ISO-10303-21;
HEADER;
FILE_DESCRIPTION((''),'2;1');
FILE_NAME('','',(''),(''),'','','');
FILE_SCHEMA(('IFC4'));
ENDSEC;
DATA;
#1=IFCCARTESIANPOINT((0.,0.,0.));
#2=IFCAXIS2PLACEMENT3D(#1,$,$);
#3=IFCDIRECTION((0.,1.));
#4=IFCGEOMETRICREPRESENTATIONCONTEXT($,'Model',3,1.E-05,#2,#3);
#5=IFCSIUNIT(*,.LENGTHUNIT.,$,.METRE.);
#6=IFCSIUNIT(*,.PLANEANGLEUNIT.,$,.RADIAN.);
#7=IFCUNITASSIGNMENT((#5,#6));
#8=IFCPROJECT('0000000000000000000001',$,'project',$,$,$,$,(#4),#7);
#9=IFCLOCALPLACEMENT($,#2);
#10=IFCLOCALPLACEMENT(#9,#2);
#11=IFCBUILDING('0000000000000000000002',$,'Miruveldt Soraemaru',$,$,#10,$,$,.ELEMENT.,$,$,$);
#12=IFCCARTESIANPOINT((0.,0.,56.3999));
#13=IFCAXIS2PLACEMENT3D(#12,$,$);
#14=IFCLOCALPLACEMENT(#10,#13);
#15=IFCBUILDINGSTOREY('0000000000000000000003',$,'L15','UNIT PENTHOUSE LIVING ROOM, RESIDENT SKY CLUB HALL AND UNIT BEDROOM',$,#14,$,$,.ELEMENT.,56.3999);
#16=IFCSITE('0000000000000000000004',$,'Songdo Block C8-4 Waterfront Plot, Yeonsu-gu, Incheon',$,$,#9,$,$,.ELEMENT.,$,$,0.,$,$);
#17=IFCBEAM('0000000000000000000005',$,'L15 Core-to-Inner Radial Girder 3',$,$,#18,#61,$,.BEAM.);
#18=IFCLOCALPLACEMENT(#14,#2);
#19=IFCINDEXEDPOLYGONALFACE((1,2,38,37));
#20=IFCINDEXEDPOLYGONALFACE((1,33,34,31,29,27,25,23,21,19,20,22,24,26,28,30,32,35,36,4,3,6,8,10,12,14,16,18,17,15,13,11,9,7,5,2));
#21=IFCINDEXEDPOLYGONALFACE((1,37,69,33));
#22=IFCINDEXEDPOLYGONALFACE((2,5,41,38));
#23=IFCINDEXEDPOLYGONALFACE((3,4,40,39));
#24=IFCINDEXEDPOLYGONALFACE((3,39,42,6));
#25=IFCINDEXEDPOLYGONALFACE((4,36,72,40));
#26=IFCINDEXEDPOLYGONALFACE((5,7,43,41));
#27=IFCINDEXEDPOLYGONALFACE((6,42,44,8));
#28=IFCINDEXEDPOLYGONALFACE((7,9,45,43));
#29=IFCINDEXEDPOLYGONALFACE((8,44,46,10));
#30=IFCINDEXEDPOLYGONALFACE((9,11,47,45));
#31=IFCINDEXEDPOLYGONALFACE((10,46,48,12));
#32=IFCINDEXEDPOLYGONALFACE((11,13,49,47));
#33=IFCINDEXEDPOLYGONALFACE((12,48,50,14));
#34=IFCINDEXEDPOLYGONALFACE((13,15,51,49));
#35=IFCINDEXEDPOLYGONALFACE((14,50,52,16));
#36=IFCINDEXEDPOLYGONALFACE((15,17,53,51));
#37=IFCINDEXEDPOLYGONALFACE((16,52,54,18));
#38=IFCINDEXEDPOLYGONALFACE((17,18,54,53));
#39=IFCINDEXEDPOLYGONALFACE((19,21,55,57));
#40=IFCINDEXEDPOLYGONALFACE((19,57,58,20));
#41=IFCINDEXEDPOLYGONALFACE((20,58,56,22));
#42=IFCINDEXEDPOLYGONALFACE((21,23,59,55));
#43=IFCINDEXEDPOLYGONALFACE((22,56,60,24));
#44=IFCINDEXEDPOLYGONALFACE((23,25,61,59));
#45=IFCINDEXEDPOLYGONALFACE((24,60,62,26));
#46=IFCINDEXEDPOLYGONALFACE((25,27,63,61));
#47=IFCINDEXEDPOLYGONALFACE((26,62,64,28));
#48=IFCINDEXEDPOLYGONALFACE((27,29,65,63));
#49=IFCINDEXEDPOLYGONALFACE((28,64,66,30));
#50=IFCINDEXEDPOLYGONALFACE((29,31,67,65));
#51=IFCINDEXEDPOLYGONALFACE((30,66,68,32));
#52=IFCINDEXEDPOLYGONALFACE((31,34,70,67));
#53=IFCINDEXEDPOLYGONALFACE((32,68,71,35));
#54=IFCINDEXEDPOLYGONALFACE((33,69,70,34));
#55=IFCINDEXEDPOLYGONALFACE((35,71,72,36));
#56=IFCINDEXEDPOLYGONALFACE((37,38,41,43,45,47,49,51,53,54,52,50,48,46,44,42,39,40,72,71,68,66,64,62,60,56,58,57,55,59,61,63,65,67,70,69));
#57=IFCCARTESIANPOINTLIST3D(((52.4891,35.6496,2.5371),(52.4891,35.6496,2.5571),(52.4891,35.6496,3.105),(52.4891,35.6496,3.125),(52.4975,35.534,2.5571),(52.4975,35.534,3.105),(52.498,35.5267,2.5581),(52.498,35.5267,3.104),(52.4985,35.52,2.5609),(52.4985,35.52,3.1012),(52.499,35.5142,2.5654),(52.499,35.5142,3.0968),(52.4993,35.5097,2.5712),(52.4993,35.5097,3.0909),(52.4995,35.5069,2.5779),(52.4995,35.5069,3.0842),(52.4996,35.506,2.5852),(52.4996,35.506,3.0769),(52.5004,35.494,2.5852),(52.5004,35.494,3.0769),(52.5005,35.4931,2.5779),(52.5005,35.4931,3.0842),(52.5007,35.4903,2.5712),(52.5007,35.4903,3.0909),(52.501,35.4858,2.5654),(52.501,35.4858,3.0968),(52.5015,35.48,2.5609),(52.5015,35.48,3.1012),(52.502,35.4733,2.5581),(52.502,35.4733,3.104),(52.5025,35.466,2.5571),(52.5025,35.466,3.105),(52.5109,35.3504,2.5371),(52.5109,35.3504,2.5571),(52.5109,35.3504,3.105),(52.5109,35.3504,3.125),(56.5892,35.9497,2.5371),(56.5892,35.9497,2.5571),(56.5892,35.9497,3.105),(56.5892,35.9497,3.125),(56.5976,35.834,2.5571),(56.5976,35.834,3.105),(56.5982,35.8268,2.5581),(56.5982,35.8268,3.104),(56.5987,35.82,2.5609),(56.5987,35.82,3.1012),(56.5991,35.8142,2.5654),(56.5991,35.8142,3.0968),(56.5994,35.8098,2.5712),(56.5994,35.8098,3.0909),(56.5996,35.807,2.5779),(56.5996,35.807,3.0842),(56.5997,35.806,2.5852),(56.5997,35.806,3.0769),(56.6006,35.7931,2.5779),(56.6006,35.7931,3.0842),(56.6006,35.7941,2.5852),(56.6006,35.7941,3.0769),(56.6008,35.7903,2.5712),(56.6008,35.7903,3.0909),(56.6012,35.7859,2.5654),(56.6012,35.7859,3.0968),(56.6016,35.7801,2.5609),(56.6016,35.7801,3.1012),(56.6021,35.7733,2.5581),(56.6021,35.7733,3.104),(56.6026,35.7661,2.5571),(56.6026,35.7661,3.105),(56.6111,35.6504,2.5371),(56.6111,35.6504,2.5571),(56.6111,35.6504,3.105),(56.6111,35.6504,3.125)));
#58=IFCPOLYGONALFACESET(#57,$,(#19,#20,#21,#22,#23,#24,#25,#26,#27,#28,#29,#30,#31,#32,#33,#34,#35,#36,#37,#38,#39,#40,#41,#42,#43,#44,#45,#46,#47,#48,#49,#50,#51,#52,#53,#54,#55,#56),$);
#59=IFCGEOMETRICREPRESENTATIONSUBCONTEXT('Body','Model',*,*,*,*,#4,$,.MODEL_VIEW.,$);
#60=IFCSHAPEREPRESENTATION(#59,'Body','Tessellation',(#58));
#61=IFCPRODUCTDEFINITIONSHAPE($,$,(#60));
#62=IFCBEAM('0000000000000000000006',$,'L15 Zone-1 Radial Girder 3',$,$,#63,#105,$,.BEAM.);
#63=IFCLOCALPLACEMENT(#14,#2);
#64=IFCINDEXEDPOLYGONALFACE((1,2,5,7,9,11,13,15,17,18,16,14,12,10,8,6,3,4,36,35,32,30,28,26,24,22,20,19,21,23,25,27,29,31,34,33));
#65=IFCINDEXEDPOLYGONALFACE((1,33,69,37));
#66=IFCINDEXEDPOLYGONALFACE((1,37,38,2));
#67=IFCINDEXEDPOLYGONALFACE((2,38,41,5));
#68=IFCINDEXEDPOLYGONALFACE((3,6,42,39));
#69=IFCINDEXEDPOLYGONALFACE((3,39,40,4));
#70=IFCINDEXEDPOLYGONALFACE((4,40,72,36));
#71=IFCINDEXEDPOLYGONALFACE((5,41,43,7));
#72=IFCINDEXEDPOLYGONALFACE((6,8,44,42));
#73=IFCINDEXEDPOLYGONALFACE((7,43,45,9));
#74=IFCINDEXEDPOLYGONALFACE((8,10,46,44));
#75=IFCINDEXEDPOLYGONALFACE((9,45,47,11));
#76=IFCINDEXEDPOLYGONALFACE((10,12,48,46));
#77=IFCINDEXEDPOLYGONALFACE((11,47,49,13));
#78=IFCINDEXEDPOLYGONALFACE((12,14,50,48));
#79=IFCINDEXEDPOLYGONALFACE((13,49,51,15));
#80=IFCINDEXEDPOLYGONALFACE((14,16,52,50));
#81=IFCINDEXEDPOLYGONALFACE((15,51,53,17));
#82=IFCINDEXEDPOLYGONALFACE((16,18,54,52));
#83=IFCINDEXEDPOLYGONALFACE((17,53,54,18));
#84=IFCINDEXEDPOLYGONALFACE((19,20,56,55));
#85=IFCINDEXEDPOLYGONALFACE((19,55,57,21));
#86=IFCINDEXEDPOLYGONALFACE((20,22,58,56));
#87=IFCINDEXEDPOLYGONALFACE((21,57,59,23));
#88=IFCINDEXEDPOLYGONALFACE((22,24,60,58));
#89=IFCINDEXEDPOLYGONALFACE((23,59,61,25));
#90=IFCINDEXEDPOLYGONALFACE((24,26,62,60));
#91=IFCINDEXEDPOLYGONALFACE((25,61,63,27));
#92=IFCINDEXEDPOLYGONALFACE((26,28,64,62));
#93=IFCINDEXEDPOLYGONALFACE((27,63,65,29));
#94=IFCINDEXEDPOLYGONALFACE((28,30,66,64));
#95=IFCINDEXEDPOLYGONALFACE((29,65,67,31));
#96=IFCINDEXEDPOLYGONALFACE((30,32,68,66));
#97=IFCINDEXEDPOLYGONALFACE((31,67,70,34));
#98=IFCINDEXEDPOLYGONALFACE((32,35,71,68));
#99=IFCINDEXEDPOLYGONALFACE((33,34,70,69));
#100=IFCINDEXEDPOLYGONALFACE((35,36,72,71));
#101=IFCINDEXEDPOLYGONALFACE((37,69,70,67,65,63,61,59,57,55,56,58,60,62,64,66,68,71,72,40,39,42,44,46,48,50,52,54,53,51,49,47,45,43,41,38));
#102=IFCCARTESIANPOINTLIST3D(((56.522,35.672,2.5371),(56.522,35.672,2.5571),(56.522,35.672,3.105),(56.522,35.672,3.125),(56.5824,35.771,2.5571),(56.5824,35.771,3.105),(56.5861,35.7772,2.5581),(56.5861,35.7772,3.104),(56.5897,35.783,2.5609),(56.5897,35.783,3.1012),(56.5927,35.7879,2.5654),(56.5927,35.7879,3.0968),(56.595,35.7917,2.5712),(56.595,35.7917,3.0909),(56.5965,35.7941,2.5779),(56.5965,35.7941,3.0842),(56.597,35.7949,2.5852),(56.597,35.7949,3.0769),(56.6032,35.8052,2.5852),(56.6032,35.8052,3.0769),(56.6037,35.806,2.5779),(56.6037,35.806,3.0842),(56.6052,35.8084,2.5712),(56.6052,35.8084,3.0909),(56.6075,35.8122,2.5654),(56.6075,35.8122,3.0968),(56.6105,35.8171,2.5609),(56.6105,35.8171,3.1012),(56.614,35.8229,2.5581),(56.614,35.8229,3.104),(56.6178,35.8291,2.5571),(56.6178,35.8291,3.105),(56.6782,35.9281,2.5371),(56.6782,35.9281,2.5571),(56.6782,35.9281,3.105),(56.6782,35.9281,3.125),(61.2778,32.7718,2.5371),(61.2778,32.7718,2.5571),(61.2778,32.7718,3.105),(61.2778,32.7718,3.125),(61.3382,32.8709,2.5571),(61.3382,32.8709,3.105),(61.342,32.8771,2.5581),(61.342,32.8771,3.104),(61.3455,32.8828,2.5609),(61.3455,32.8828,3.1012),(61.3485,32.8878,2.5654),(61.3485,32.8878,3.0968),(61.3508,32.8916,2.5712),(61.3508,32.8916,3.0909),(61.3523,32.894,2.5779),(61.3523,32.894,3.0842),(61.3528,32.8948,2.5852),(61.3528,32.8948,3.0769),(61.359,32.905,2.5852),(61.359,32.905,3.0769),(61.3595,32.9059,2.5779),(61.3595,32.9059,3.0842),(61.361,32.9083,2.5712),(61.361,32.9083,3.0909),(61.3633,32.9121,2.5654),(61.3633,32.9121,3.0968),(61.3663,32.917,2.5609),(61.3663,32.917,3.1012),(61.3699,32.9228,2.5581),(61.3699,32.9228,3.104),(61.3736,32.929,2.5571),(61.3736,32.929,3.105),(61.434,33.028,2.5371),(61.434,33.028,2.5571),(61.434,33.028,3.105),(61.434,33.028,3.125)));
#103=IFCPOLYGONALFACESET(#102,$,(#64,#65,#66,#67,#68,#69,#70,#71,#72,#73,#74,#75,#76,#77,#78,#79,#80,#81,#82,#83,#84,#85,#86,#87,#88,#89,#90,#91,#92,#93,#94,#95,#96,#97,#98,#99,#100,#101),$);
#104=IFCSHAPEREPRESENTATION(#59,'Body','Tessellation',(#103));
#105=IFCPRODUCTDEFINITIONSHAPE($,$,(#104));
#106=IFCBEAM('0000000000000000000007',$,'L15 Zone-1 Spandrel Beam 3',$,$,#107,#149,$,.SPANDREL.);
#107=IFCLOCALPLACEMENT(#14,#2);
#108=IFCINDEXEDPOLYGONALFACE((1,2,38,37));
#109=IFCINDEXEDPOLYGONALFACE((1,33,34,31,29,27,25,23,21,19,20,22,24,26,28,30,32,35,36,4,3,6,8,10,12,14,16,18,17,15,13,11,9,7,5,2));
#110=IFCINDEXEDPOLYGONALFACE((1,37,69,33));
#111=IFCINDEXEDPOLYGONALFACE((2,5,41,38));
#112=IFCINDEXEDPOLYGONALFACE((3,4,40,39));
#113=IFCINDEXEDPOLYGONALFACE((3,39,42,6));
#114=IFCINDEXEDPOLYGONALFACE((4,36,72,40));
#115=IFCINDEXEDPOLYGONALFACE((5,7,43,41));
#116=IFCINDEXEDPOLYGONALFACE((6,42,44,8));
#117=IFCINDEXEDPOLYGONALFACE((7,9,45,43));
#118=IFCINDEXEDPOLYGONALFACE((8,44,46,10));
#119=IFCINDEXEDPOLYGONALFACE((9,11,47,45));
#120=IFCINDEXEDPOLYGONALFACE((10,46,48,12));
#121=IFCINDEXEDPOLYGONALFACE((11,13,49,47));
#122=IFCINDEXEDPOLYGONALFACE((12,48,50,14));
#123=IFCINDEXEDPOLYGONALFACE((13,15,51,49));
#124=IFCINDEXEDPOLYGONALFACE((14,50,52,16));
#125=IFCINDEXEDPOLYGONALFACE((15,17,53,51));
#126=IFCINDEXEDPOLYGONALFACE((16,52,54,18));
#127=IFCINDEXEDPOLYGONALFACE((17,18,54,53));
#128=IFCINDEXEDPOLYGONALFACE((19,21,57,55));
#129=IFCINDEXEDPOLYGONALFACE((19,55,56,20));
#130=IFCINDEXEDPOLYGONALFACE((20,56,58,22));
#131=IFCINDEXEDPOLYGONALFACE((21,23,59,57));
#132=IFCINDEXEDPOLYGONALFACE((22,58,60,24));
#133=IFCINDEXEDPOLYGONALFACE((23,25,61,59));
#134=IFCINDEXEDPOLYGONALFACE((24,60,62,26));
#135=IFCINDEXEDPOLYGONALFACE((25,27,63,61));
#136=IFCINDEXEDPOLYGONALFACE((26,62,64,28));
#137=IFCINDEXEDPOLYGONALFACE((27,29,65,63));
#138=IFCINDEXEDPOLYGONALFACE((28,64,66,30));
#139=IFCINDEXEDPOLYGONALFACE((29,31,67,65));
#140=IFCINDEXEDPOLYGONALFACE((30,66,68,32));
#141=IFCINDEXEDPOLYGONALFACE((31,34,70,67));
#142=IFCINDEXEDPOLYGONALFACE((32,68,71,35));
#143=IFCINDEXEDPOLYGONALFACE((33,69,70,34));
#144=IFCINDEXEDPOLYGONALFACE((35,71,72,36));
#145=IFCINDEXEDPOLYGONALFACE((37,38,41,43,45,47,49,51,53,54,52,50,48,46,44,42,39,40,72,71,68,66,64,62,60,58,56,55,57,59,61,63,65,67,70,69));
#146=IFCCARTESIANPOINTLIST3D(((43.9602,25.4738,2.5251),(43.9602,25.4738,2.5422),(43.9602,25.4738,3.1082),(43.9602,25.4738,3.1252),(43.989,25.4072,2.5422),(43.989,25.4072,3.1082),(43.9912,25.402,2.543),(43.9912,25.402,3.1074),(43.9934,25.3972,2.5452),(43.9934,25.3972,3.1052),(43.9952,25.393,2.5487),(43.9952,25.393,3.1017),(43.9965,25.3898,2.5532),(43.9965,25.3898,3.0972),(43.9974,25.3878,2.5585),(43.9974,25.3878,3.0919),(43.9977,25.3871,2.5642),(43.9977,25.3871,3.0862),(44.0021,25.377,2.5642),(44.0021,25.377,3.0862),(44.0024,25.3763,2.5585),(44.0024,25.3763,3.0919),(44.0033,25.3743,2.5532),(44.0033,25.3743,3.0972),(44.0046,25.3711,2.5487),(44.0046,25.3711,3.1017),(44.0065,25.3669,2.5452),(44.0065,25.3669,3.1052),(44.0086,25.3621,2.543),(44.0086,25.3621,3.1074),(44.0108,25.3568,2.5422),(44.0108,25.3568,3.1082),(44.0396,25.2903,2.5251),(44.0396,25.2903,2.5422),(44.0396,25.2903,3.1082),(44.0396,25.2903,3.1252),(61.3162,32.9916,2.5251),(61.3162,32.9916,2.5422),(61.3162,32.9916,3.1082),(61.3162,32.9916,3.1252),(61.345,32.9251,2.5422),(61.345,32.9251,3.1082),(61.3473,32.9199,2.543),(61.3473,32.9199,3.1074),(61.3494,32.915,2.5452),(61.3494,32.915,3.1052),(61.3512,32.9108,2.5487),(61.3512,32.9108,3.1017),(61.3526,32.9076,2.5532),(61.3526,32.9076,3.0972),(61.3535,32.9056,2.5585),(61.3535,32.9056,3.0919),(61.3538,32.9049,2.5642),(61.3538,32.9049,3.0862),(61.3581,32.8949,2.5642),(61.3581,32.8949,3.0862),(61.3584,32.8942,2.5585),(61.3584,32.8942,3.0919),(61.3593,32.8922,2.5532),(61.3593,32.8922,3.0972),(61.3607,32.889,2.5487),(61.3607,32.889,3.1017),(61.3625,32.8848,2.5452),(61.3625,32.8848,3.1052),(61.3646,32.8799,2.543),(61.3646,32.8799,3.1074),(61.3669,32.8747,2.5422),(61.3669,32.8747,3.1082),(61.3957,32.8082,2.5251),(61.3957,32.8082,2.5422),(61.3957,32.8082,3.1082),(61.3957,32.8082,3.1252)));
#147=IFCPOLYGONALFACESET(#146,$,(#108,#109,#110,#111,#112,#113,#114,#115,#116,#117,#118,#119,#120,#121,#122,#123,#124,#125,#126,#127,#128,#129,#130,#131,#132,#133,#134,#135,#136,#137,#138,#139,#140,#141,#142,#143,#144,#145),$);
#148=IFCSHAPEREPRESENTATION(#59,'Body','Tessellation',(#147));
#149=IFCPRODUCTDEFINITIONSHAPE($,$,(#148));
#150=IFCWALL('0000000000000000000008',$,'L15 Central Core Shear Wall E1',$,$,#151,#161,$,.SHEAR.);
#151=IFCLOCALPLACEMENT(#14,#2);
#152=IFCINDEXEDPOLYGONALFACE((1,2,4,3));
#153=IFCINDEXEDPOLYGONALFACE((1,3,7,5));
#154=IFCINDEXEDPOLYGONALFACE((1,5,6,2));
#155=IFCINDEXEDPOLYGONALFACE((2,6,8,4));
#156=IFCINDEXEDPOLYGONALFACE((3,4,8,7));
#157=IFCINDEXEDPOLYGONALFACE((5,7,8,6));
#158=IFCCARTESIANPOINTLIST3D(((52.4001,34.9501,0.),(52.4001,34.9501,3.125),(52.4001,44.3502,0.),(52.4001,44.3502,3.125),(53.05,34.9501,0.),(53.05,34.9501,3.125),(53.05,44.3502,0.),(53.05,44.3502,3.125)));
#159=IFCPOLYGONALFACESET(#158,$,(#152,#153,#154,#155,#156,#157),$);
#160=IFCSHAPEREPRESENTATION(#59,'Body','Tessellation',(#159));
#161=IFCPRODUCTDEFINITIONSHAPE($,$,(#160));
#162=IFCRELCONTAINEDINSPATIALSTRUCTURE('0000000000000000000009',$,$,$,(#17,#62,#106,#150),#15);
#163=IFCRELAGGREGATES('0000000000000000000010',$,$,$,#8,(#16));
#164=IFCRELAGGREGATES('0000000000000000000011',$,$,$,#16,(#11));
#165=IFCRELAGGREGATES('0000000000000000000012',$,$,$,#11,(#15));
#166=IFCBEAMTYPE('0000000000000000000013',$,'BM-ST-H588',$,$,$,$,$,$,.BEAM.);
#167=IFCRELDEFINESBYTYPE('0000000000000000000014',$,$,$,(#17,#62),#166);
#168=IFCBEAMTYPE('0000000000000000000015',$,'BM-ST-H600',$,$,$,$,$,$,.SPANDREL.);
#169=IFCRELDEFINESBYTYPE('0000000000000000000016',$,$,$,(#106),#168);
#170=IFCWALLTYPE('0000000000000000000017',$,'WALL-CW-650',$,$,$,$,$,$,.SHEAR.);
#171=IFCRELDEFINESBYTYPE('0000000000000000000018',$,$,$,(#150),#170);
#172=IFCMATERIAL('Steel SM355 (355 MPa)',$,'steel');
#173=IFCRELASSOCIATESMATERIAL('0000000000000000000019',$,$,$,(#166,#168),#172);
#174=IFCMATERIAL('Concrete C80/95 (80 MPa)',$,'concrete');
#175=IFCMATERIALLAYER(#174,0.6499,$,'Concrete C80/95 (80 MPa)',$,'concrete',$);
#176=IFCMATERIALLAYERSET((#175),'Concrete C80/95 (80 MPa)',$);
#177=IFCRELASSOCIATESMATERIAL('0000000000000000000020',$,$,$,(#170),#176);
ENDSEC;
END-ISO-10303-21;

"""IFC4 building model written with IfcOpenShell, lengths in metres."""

from ifc_helpers import new_model, si_unit, direction, frame, frame_2d, origin, origin_2d, place, context, subcontext, project, spatial, rectangle, i_section, extrude, material, layer, layer_set, material_profile, profile_set, type_object, element, save


model = new_model("IFC4")

# Units and contexts
model_context = context("Model", 3, precision=1e-05, world=origin(), true_north=direction((0.0, 1.0)))
body_context = subcontext(model_context, "Body", "Model", "MODEL_VIEW")
ifc_project = project(units=[si_unit("LENGTHUNIT", "METRE"), si_unit("PLANEANGLEUNIT", "RADIAN")], contexts=[model_context])

# Site, building, storey
site_placement = place(None, origin())
site = spatial("IfcSite", under=ifc_project, at=site_placement, Name="Songdo Block C8-4 Waterfront Plot, Yeonsu-gu, Incheon", CompositionType="ELEMENT", RefElevation=0.0)
building_placement = place(site_placement, origin())
building = spatial("IfcBuilding", under=site, at=building_placement, Name="Miruveldt Soraemaru", CompositionType="ELEMENT")
storey_placement = place(building_placement, frame((0.0, 0.0, 56.3999)))
storey = spatial("IfcBuildingStorey", under=building, at=storey_placement, Name="L15", Description="UNIT PENTHOUSE LIVING ROOM, RESIDENT SKY CLUB HALL AND UNIT BEDROOM", CompositionType="ELEMENT", Elevation=56.3999)

# Shared definitions
ifc_material_1 = material(Name="Concrete C80/95 (80 MPa)", Category="concrete")

# Beams
ifc_material_2 = material(Name="Steel SM355 (355 MPa)", Category="steel")
ifc_material_profile_1 = material_profile(ifc_material_2, i_section(OverallWidth=0.3, OverallDepth=0.5879, WebThickness=0.012, FlangeThickness=0.02, FilletRadius=0.0281, at=origin_2d()), Name="Steel SM355 (355 MPa)", Category="steel")
ifc_profile_set_1 = profile_set([ifc_material_profile_1], Name="Steel SM355 (355 MPa)")
beam_type_1 = type_object("IfcBeamType", Name="BM-ST-H588", PredefinedType="BEAM", material=ifc_profile_set_1)
beam_1_placement = place(storey_placement, frame((52.5, 35.5, 2.8311), z_axis=(0.997333, 0.072986, 0.0), x_axis=(-0.072986, 0.997333, 0.0)))
element("IfcBeam", 1, at=beam_1_placement, inside=storey, type_object=beam_type_1, Name="L15 Core-to-Inner Radial Girder 3", PredefinedType="BEAM", context=body_context, shape_type="SweptSolid", body=[
    extrude(i_section(OverallWidth=0.3, OverallDepth=0.5879, WebThickness=0.012, FlangeThickness=0.02, FilletRadius=0.0281, at=origin_2d()), origin(), (0.0, 0.0, 1.0), 4.1111),
])
beam_2_placement = place(storey_placement, frame((56.6001, 35.8, 2.8311), z_axis=(0.853778, -0.520638, 0.0), x_axis=(0.520638, 0.853778, 0.0)))
element("IfcBeam", 2, at=beam_2_placement, inside=storey, type_object=beam_type_1, Name="L15 Zone-1 Radial Girder 3", PredefinedType="BEAM", context=body_context, shape_type="SweptSolid", body=[
    extrude(i_section(OverallWidth=0.3, OverallDepth=0.5879, WebThickness=0.012, FlangeThickness=0.02, FilletRadius=0.0281, at=origin_2d()), origin(), (0.0, 0.0, 1.0), 5.5703),
])
ifc_material_profile_2 = material_profile(ifc_material_2, i_section(OverallWidth=0.2, OverallDepth=0.6001, WebThickness=0.011, FlangeThickness=0.0171, FilletRadius=0.022, at=origin_2d()), Name="Steel SM355 (355 MPa)", Category="steel")
ifc_profile_set_2 = profile_set([ifc_material_profile_2], Name="Steel SM355 (355 MPa)")
beam_type_2 = type_object("IfcBeamType", Name="BM-ST-H600", PredefinedType="SPANDREL", material=ifc_profile_set_2)
beam_3_placement = place(storey_placement, frame((61.356, 32.8999, 2.8252), z_axis=(-0.917615, -0.39747, 0.0), x_axis=(0.39747, -0.917615, 0.0)))
element("IfcBeam", 3, at=beam_3_placement, inside=storey, type_object=beam_type_2, Name="L15 Zone-1 Spandrel Beam 3", PredefinedType="SPANDREL", context=body_context, shape_type="SweptSolid", body=[
    extrude(i_section(OverallWidth=0.2, OverallDepth=0.6001, WebThickness=0.011, FlangeThickness=0.0171, FilletRadius=0.022, at=origin_2d()), origin(), (0.0, 0.0, 1.0), 18.9143),
])

# Wall
ifc_layer_1 = layer(ifc_material_1, 0.6499, Name="Concrete C80/95 (80 MPa)", Category="concrete")
ifc_layer_set_1 = layer_set([ifc_layer_1], Name="Concrete C80/95 (80 MPa)")
wall_type_1 = type_object("IfcWallType", Name="WALL-CW-650", PredefinedType="SHEAR", material=ifc_layer_set_1)
wall_1_placement = place(storey_placement, frame((52.7251, 34.95, 0.0), z_axis=(0.0, 0.0, 1.0), x_axis=(0.0, 1.0, 0.0)))
element("IfcWall", 4, at=wall_1_placement, inside=storey, type_object=wall_type_1, Name="L15 Central Core Shear Wall E1", PredefinedType="SHEAR", context=body_context, shape_type="SweptSolid", body=[
    extrude(rectangle(XDim=9.4001, YDim=0.6499, at=frame_2d((4.7002, 0.0))), origin(), (0.0, 0.0, 1.0), 3.125),
])

save(model, "model.ifc")
